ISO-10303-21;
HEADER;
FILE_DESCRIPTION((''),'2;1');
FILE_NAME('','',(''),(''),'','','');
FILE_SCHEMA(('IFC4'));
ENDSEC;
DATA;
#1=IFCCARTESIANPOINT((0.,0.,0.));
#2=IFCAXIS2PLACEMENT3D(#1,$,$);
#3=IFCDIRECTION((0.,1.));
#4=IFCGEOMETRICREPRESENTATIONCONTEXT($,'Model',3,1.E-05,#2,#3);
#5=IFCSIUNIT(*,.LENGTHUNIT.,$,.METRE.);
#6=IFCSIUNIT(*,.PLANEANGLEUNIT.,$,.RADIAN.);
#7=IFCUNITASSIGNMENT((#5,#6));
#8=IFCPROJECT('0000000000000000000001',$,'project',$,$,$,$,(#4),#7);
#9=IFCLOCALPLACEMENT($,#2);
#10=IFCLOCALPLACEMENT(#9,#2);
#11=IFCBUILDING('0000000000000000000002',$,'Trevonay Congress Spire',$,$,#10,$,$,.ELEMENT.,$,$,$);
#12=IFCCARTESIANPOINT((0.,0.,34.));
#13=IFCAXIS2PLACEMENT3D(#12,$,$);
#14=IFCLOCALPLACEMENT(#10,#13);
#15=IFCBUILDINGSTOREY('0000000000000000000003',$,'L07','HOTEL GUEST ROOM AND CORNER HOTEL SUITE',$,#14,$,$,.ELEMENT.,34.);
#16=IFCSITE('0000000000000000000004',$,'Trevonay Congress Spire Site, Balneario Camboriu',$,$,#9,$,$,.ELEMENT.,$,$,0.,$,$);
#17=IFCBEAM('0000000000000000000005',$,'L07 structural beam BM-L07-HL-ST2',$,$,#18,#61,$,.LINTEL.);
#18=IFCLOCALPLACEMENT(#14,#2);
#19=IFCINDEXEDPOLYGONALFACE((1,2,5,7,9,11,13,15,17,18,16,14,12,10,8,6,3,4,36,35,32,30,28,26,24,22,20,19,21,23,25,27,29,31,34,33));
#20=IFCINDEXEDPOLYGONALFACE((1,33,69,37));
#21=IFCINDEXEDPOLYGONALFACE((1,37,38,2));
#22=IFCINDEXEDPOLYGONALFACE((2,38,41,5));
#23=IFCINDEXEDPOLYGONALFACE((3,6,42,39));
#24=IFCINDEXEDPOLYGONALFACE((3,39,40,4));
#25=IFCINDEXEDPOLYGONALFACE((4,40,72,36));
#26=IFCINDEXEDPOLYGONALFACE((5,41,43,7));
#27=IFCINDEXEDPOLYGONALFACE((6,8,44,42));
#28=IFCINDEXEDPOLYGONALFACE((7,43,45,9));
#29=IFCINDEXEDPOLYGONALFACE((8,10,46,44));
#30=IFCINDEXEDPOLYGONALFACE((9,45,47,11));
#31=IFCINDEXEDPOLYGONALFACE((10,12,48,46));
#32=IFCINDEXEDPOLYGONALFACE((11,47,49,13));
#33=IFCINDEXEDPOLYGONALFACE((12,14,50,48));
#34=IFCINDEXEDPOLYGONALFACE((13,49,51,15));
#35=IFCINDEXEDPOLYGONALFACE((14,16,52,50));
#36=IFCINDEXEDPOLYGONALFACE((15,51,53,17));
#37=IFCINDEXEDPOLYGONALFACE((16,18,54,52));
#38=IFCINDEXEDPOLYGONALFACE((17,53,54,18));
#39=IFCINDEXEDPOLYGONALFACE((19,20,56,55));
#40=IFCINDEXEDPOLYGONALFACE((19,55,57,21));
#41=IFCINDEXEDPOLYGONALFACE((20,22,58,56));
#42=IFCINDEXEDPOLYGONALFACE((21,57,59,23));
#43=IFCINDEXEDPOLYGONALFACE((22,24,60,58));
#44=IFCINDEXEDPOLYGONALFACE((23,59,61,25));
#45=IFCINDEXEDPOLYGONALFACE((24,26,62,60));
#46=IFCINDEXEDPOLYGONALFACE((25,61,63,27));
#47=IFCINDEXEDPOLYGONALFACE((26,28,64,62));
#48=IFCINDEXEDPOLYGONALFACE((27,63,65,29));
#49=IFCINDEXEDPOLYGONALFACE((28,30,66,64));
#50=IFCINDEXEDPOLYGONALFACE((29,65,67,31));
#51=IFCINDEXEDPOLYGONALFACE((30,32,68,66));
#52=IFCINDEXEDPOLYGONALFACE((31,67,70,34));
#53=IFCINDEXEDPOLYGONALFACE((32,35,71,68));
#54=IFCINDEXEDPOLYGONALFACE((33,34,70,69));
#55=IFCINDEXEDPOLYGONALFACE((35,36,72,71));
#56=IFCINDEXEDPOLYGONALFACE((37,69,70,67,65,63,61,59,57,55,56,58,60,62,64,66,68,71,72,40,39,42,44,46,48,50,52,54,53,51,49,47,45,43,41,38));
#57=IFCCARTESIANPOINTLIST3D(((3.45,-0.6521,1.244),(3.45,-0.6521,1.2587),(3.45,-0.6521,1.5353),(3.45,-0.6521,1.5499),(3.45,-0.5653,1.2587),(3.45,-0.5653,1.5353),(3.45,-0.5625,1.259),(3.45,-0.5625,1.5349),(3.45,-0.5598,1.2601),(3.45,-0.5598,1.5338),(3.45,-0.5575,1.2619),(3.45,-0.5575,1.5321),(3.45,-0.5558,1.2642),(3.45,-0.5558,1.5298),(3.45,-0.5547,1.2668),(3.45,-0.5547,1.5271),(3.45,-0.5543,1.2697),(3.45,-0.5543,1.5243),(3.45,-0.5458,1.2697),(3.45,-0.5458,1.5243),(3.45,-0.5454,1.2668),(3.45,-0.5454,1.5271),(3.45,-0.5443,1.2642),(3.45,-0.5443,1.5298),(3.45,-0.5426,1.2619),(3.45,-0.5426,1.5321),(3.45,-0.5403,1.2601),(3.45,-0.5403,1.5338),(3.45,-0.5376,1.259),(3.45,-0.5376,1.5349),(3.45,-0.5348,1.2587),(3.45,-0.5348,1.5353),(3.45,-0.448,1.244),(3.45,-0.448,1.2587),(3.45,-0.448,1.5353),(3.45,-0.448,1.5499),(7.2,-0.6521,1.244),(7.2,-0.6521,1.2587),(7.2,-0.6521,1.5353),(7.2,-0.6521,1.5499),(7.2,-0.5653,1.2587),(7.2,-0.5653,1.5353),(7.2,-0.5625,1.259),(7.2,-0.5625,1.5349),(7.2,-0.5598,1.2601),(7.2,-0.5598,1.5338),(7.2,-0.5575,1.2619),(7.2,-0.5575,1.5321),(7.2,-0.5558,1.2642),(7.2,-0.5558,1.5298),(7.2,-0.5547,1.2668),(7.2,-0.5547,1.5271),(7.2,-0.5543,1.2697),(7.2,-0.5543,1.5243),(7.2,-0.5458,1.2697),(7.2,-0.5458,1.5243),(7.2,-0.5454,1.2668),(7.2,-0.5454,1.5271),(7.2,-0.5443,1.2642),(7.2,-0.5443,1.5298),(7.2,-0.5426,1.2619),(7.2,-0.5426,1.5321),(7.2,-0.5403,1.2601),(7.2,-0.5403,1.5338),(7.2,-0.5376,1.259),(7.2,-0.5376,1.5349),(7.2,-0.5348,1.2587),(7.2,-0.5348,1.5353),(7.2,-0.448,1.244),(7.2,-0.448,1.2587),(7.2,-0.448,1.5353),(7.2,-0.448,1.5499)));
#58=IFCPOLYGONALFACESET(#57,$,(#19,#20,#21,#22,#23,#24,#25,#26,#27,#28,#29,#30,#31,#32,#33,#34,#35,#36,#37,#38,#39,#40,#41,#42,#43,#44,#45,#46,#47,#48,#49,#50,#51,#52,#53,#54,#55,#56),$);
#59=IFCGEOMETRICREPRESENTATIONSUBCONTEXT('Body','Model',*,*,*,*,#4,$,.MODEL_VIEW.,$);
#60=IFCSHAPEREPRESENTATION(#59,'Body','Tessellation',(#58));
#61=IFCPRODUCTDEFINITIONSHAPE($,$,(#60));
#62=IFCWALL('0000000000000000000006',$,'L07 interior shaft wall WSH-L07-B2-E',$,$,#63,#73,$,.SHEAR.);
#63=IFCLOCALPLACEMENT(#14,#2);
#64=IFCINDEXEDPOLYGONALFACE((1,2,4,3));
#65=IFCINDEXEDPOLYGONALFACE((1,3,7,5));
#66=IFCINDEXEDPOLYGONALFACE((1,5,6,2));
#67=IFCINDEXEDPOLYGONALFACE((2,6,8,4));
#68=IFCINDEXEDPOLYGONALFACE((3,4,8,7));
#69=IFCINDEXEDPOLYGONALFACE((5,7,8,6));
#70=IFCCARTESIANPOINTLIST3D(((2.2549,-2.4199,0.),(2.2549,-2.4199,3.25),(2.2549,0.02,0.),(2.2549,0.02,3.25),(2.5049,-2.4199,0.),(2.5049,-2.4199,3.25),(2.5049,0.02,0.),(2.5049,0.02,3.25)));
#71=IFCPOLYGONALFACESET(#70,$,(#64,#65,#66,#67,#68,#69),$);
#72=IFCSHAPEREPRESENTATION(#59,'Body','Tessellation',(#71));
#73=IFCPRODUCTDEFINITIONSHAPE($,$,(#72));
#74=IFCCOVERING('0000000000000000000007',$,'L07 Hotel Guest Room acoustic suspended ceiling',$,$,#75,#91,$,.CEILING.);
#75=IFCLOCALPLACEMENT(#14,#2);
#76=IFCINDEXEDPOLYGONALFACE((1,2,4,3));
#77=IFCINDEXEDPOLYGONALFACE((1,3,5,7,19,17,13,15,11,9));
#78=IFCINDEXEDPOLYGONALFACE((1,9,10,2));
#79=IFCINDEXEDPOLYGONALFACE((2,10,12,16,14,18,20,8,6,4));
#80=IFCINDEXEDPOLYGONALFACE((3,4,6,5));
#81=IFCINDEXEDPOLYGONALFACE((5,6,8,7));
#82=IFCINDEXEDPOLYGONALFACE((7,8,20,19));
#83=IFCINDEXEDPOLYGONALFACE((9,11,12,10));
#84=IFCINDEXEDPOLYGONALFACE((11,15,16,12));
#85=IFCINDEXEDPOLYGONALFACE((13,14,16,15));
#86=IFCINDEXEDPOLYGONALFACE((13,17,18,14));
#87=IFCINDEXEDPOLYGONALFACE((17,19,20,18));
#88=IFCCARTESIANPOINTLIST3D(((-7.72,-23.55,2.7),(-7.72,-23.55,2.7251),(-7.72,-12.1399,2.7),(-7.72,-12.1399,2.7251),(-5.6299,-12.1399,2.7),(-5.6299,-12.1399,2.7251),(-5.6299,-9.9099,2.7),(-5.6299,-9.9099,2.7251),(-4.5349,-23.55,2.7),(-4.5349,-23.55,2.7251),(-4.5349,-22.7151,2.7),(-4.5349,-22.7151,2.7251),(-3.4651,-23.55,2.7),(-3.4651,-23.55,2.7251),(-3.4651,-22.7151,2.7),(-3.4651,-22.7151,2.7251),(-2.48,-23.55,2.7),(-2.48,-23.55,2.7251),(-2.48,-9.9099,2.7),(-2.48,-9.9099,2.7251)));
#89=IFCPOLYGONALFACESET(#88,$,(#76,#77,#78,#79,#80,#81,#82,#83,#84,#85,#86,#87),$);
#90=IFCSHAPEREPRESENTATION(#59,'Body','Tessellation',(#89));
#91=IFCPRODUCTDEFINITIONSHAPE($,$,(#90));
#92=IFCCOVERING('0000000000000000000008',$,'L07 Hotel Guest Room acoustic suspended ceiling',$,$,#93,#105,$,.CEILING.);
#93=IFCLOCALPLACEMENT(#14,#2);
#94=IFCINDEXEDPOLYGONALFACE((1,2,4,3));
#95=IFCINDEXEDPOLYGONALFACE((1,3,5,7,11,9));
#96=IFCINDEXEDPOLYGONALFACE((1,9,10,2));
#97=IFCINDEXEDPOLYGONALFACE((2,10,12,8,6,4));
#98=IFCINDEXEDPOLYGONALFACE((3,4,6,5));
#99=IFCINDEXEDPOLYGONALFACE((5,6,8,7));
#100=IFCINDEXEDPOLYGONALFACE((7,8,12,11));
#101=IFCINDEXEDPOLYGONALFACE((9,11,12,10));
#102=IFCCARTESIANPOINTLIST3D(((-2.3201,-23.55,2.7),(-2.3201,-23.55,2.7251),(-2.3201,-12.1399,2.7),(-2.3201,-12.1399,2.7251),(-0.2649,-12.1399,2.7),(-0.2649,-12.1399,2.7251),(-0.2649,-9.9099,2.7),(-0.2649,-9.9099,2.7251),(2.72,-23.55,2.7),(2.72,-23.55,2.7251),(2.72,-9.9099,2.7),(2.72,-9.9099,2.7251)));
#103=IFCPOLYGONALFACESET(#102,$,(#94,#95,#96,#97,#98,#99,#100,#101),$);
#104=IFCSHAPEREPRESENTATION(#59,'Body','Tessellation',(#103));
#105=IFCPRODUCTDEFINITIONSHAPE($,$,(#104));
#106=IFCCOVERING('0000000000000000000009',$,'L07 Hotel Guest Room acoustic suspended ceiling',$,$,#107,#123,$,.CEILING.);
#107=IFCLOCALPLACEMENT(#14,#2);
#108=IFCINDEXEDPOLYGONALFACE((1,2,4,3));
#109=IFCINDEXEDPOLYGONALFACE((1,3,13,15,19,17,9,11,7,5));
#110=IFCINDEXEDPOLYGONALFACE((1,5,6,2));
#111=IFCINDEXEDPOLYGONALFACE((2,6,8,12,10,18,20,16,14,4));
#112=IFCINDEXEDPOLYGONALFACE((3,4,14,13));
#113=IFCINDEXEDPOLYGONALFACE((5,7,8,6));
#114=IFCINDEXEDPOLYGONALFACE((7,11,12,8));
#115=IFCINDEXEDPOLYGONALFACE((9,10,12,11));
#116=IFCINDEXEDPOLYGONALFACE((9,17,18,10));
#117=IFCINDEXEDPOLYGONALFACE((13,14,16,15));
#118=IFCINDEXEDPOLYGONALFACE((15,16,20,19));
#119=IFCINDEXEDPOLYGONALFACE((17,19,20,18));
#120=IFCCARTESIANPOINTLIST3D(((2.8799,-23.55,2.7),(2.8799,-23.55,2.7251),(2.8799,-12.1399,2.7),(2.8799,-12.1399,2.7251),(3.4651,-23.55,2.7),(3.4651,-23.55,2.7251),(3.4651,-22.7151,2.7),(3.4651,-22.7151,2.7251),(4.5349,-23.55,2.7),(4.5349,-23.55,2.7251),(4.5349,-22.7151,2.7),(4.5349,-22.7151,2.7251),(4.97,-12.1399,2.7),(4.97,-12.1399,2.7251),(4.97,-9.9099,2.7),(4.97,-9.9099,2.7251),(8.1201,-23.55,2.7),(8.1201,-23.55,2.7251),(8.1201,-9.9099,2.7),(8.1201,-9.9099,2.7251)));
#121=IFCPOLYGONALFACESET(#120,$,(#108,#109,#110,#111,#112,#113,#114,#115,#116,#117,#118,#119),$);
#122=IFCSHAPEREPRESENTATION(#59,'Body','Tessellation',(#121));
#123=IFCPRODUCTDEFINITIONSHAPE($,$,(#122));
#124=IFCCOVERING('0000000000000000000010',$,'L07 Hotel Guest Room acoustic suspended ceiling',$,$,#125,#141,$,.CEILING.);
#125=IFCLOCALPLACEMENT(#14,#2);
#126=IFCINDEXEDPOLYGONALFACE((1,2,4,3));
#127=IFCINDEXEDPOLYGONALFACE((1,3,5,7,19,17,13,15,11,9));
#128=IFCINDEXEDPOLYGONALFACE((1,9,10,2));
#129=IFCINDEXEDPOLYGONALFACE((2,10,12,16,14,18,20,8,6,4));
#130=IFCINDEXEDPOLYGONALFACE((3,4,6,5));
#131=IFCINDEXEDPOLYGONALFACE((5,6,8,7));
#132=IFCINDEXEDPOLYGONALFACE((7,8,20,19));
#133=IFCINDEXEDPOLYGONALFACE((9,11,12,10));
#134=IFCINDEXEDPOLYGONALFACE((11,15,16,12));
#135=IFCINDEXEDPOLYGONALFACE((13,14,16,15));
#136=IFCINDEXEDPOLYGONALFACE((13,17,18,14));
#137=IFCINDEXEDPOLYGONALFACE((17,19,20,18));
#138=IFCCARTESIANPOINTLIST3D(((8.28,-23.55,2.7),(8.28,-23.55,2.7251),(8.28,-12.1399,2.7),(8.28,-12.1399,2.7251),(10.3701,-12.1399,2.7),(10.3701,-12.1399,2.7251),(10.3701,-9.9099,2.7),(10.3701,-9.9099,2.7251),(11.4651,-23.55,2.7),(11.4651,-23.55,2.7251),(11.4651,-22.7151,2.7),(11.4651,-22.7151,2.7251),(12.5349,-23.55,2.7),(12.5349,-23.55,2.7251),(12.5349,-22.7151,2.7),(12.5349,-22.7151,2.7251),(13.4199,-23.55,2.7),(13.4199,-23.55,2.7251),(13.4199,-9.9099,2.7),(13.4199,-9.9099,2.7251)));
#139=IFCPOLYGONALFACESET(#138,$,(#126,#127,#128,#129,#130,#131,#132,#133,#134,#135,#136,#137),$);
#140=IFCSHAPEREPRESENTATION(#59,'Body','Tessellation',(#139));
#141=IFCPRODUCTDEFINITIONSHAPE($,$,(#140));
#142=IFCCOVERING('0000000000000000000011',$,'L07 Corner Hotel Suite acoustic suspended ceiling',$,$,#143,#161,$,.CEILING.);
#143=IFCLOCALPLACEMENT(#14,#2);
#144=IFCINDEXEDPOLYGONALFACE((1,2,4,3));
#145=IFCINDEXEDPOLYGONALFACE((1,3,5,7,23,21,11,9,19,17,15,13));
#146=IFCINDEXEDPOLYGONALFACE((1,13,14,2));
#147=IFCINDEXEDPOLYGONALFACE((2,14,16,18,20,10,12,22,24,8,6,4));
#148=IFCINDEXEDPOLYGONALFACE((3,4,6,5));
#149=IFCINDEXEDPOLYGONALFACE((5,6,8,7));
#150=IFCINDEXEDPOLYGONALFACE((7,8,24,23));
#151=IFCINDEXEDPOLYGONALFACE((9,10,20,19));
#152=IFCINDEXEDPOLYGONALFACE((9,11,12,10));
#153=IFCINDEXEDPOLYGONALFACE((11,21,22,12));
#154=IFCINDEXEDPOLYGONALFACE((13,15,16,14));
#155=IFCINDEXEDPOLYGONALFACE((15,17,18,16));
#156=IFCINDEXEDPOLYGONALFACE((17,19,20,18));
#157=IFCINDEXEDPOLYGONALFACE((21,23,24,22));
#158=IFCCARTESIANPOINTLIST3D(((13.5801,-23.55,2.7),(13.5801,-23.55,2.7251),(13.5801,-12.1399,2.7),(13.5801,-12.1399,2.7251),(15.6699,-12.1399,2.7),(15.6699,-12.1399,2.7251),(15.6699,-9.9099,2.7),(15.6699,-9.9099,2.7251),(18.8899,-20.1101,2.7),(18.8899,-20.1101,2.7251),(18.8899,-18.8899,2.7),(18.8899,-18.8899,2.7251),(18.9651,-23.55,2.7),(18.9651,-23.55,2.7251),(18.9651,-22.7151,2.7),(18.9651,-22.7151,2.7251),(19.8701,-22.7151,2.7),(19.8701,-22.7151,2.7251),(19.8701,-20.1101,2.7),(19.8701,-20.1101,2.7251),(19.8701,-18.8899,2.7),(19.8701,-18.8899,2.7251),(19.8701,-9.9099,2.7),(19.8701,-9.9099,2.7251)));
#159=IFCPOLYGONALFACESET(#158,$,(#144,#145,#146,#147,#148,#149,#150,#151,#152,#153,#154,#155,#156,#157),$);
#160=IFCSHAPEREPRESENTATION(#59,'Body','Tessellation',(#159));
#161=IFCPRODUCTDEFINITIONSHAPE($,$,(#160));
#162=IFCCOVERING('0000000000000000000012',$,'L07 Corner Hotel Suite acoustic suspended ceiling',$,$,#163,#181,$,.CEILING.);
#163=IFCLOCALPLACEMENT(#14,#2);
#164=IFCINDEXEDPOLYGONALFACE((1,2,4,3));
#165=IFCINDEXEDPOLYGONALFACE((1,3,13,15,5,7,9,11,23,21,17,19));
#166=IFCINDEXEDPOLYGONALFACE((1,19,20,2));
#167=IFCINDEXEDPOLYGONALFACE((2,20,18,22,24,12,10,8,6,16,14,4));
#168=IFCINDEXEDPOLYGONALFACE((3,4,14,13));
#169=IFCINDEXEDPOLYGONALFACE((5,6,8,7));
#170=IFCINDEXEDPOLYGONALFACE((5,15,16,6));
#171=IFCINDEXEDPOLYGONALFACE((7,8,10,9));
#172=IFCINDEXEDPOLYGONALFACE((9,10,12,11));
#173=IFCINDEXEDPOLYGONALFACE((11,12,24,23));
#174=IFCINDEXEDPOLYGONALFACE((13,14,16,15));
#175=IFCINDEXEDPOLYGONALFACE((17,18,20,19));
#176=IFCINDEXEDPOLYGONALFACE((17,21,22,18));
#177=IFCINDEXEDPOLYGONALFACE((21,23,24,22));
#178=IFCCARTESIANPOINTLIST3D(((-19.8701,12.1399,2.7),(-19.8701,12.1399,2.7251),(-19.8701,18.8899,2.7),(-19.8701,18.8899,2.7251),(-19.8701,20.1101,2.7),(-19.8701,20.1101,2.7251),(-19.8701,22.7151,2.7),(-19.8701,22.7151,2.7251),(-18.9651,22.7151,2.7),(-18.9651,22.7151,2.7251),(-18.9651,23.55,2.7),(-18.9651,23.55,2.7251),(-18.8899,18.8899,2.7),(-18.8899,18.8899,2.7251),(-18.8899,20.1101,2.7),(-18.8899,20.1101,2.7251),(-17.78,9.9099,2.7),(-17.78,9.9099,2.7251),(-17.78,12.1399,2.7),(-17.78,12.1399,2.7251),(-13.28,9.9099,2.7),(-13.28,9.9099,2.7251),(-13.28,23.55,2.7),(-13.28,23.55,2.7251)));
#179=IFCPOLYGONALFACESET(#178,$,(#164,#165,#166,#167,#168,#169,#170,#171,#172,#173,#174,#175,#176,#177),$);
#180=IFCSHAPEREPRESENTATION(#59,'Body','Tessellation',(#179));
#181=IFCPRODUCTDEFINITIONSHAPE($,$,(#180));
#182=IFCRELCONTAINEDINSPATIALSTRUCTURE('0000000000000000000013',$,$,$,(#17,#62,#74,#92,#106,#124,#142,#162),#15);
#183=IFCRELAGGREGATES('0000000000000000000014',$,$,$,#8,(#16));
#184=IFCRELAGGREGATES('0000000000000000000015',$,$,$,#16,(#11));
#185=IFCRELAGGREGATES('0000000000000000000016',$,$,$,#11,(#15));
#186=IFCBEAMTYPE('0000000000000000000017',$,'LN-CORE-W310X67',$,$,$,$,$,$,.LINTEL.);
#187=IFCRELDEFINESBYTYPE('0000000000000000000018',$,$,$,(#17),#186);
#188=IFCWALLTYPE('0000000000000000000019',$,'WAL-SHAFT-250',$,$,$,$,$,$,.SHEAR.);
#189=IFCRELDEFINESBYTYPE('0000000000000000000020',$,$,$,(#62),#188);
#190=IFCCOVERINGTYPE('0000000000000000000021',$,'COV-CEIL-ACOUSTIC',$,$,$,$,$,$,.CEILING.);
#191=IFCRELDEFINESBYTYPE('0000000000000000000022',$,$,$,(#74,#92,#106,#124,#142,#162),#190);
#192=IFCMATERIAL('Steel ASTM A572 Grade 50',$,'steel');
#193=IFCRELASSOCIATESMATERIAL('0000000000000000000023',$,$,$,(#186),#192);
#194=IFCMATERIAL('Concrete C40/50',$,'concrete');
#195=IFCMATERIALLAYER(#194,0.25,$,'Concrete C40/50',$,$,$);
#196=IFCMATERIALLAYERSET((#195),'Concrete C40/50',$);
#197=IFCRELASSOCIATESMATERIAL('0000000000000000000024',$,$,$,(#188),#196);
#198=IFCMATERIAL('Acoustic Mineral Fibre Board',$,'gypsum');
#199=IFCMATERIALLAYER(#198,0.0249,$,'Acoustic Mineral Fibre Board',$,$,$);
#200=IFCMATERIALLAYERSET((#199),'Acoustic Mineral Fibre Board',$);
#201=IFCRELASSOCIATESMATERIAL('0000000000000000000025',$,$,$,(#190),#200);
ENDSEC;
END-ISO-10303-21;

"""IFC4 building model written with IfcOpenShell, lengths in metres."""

from ifc_helpers import new_model, si_unit, direction, frame, frame_2d, origin, origin_2d, place, context, subcontext, project, spatial, polyline, rectangle, i_section, outline, extrude, material, layer, layer_set, material_profile, profile_set, type_object, element, save


model = new_model("IFC4")

# Units and contexts
model_context = context("Model", 3, precision=1e-05, world=origin(), true_north=direction((0.0, 1.0)))
body_context = subcontext(model_context, "Body", "Model", "MODEL_VIEW")
ifc_project = project(units=[si_unit("LENGTHUNIT", "METRE"), si_unit("PLANEANGLEUNIT", "RADIAN")], contexts=[model_context])

# Site, building, storey
site_placement = place(None, origin())
site = spatial("IfcSite", under=ifc_project, at=site_placement, Name="Trevonay Congress Spire Site, Balneario Camboriu", CompositionType="ELEMENT", RefElevation=0.0)
building_placement = place(site_placement, origin())
building = spatial("IfcBuilding", under=site, at=building_placement, Name="Trevonay Congress Spire", CompositionType="ELEMENT")
storey_placement = place(building_placement, frame((0.0, 0.0, 34.0)))
storey = spatial("IfcBuildingStorey", under=building, at=storey_placement, Name="L07", Description="HOTEL GUEST ROOM AND CORNER HOTEL SUITE", CompositionType="ELEMENT", Elevation=34.0)

# Beam
ifc_material_1 = material(Name="Steel ASTM A572 Grade 50", Category="steel")
ifc_material_profile = material_profile(ifc_material_1, i_section(OverallWidth=0.2041, OverallDepth=0.3059, WebThickness=0.0085, FlangeThickness=0.0146, FilletRadius=0.011, at=origin_2d()), Name="W310x67")
ifc_profile_set = profile_set([ifc_material_profile], Name="Steel ASTM A572 Grade 50")
beam_type = type_object("IfcBeamType", Name="LN-CORE-W310X67", PredefinedType="LINTEL", material=ifc_profile_set)
beam_placement = place(storey_placement, frame((3.45, -0.55, 1.397), z_axis=(1.0, 0.0, 0.0), x_axis=(0.0, 1.0, 0.0)))
element("IfcBeam", 1, at=beam_placement, inside=storey, type_object=beam_type, Name="L07 structural beam BM-L07-HL-ST2", PredefinedType="LINTEL", context=body_context, shape_type="SweptSolid", body=[
    extrude(i_section(OverallWidth=0.2041, OverallDepth=0.3059, WebThickness=0.0085, FlangeThickness=0.0146, FilletRadius=0.011, at=origin_2d()), origin(), (0.0, 0.0, 1.0), 3.75),
])

# Wall
ifc_material_2 = material(Name="Concrete C40/50", Category="concrete")
ifc_layer_1 = layer(ifc_material_2, 0.25, Name="Concrete C40/50")
ifc_layer_set_1 = layer_set([ifc_layer_1], Name="Concrete C40/50")
wall_type = type_object("IfcWallType", Name="WAL-SHAFT-250", PredefinedType="SHEAR", material=ifc_layer_set_1)
wall_placement = place(storey_placement, frame((2.3799, -2.4199, 0.0), z_axis=(0.0, 0.0, 1.0), x_axis=(0.0, 1.0, 0.0)))
element("IfcWall", 2, at=wall_placement, inside=storey, type_object=wall_type, Name="L07 interior shaft wall WSH-L07-B2-E", PredefinedType="SHEAR", context=body_context, shape_type="SweptSolid", body=[
    extrude(rectangle(XDim=2.4399, YDim=0.25, at=frame_2d((1.22, 0.0))), origin(), (0.0, 0.0, 1.0), 3.25),
])

# Coverings
ifc_material_3 = material(Name="Acoustic Mineral Fibre Board", Category="gypsum")
ifc_layer_2 = layer(ifc_material_3, 0.0249, Name="Acoustic Mineral Fibre Board")
ifc_layer_set_2 = layer_set([ifc_layer_2], Name="Acoustic Mineral Fibre Board")
covering_type_1 = type_object("IfcCoveringType", Name="COV-CEIL-ACOUSTIC", PredefinedType="CEILING", material=ifc_layer_set_2)
covering_1_placement = place(storey_placement, frame((0.0, 0.0, 2.7)))
element("IfcCovering", 3, at=covering_1_placement, inside=storey, type_object=covering_type_1, Name="L07 Hotel Guest Room acoustic suspended ceiling", PredefinedType="CEILING", context=body_context, shape_type="SweptSolid", body=[
    extrude(outline(polyline([(-7.72, -23.55), (-7.72, -12.1399), (-5.6299, -12.1399), (-5.6299, -9.9099), (-2.48, -9.9099), (-2.48, -23.55), (-3.4651, -23.55), (-3.4651, -22.7151), (-4.5349, -22.7151), (-4.5349, -23.55), (-7.72, -23.55)])), origin(), (0.0, 0.0, 1.0), 0.0251),
])
covering_2_placement = place(storey_placement, frame((0.0, 0.0, 2.7)))
element("IfcCovering", 4, at=covering_2_placement, inside=storey, type_object=covering_type_1, Name="L07 Hotel Guest Room acoustic suspended ceiling", PredefinedType="CEILING", context=body_context, shape_type="SweptSolid", body=[
    extrude(outline(polyline([(-2.3201, -23.55), (2.72, -23.55), (2.72, -9.9099), (-0.2649, -9.9099), (-0.2649, -12.1399), (-2.3201, -12.1399), (-2.3201, -23.55)])), origin(), (0.0, 0.0, 1.0), 0.0251),
])
covering_3_placement = place(storey_placement, frame((0.0, 0.0, 2.7)))
element("IfcCovering", 5, at=covering_3_placement, inside=storey, type_object=covering_type_1, Name="L07 Hotel Guest Room acoustic suspended ceiling", PredefinedType="CEILING", context=body_context, shape_type="SweptSolid", body=[
    extrude(outline(polyline([(2.8799, -23.55), (2.8799, -12.1399), (4.97, -12.1399), (4.97, -9.9099), (8.1201, -9.9099), (8.1201, -23.55), (4.5349, -23.55), (4.5349, -22.7151), (3.4651, -22.7151), (3.4651, -23.55), (2.8799, -23.55)])), origin(), (0.0, 0.0, 1.0), 0.0251),
])
covering_4_placement = place(storey_placement, frame((0.0, 0.0, 2.7)))
element("IfcCovering", 6, at=covering_4_placement, inside=storey, type_object=covering_type_1, Name="L07 Hotel Guest Room acoustic suspended ceiling", PredefinedType="CEILING", context=body_context, shape_type="SweptSolid", body=[
    extrude(outline(polyline([(8.28, -23.55), (8.28, -12.1399), (10.3701, -12.1399), (10.3701, -9.9099), (13.4199, -9.9099), (13.4199, -23.55), (12.5349, -23.55), (12.5349, -22.7151), (11.4651, -22.7151), (11.4651, -23.55), (8.28, -23.55)])), origin(), (0.0, 0.0, 1.0), 0.0251),
])
covering_5_placement = place(storey_placement, frame((0.0, 0.0, 2.7)))
element("IfcCovering", 7, at=covering_5_placement, inside=storey, type_object=covering_type_1, Name="L07 Corner Hotel Suite acoustic suspended ceiling", PredefinedType="CEILING", context=body_context, shape_type="SweptSolid", body=[
    extrude(outline(polyline([(13.5801, -23.55), (13.5801, -12.1399), (15.6699, -12.1399), (15.6699, -9.9099), (19.8701, -9.9099), (19.8701, -18.8899), (18.8899, -18.8899), (18.8899, -20.1101), (19.8701, -20.1101), (19.8701, -22.7151), (18.9651, -22.7151), (18.9651, -23.55), (13.5801, -23.55)])), origin(), (0.0, 0.0, 1.0), 0.0251),
])
covering_6_placement = place(storey_placement, frame((0.0, 0.0, 2.7)))
element("IfcCovering", 8, at=covering_6_placement, inside=storey, type_object=covering_type_1, Name="L07 Corner Hotel Suite acoustic suspended ceiling", PredefinedType="CEILING", context=body_context, shape_type="SweptSolid", body=[
    extrude(outline(polyline([(-13.28, 23.55), (-13.28, 9.9099), (-17.78, 9.9099), (-17.78, 12.1399), (-19.8701, 12.1399), (-19.8701, 18.8899), (-18.8899, 18.8899), (-18.8899, 20.1101), (-19.8701, 20.1101), (-19.8701, 22.7151), (-18.9651, 22.7151), (-18.9651, 23.55), (-13.28, 23.55)])), origin(), (0.0, 0.0, 1.0), 0.0251),
])

save(model, "model.ifc")
